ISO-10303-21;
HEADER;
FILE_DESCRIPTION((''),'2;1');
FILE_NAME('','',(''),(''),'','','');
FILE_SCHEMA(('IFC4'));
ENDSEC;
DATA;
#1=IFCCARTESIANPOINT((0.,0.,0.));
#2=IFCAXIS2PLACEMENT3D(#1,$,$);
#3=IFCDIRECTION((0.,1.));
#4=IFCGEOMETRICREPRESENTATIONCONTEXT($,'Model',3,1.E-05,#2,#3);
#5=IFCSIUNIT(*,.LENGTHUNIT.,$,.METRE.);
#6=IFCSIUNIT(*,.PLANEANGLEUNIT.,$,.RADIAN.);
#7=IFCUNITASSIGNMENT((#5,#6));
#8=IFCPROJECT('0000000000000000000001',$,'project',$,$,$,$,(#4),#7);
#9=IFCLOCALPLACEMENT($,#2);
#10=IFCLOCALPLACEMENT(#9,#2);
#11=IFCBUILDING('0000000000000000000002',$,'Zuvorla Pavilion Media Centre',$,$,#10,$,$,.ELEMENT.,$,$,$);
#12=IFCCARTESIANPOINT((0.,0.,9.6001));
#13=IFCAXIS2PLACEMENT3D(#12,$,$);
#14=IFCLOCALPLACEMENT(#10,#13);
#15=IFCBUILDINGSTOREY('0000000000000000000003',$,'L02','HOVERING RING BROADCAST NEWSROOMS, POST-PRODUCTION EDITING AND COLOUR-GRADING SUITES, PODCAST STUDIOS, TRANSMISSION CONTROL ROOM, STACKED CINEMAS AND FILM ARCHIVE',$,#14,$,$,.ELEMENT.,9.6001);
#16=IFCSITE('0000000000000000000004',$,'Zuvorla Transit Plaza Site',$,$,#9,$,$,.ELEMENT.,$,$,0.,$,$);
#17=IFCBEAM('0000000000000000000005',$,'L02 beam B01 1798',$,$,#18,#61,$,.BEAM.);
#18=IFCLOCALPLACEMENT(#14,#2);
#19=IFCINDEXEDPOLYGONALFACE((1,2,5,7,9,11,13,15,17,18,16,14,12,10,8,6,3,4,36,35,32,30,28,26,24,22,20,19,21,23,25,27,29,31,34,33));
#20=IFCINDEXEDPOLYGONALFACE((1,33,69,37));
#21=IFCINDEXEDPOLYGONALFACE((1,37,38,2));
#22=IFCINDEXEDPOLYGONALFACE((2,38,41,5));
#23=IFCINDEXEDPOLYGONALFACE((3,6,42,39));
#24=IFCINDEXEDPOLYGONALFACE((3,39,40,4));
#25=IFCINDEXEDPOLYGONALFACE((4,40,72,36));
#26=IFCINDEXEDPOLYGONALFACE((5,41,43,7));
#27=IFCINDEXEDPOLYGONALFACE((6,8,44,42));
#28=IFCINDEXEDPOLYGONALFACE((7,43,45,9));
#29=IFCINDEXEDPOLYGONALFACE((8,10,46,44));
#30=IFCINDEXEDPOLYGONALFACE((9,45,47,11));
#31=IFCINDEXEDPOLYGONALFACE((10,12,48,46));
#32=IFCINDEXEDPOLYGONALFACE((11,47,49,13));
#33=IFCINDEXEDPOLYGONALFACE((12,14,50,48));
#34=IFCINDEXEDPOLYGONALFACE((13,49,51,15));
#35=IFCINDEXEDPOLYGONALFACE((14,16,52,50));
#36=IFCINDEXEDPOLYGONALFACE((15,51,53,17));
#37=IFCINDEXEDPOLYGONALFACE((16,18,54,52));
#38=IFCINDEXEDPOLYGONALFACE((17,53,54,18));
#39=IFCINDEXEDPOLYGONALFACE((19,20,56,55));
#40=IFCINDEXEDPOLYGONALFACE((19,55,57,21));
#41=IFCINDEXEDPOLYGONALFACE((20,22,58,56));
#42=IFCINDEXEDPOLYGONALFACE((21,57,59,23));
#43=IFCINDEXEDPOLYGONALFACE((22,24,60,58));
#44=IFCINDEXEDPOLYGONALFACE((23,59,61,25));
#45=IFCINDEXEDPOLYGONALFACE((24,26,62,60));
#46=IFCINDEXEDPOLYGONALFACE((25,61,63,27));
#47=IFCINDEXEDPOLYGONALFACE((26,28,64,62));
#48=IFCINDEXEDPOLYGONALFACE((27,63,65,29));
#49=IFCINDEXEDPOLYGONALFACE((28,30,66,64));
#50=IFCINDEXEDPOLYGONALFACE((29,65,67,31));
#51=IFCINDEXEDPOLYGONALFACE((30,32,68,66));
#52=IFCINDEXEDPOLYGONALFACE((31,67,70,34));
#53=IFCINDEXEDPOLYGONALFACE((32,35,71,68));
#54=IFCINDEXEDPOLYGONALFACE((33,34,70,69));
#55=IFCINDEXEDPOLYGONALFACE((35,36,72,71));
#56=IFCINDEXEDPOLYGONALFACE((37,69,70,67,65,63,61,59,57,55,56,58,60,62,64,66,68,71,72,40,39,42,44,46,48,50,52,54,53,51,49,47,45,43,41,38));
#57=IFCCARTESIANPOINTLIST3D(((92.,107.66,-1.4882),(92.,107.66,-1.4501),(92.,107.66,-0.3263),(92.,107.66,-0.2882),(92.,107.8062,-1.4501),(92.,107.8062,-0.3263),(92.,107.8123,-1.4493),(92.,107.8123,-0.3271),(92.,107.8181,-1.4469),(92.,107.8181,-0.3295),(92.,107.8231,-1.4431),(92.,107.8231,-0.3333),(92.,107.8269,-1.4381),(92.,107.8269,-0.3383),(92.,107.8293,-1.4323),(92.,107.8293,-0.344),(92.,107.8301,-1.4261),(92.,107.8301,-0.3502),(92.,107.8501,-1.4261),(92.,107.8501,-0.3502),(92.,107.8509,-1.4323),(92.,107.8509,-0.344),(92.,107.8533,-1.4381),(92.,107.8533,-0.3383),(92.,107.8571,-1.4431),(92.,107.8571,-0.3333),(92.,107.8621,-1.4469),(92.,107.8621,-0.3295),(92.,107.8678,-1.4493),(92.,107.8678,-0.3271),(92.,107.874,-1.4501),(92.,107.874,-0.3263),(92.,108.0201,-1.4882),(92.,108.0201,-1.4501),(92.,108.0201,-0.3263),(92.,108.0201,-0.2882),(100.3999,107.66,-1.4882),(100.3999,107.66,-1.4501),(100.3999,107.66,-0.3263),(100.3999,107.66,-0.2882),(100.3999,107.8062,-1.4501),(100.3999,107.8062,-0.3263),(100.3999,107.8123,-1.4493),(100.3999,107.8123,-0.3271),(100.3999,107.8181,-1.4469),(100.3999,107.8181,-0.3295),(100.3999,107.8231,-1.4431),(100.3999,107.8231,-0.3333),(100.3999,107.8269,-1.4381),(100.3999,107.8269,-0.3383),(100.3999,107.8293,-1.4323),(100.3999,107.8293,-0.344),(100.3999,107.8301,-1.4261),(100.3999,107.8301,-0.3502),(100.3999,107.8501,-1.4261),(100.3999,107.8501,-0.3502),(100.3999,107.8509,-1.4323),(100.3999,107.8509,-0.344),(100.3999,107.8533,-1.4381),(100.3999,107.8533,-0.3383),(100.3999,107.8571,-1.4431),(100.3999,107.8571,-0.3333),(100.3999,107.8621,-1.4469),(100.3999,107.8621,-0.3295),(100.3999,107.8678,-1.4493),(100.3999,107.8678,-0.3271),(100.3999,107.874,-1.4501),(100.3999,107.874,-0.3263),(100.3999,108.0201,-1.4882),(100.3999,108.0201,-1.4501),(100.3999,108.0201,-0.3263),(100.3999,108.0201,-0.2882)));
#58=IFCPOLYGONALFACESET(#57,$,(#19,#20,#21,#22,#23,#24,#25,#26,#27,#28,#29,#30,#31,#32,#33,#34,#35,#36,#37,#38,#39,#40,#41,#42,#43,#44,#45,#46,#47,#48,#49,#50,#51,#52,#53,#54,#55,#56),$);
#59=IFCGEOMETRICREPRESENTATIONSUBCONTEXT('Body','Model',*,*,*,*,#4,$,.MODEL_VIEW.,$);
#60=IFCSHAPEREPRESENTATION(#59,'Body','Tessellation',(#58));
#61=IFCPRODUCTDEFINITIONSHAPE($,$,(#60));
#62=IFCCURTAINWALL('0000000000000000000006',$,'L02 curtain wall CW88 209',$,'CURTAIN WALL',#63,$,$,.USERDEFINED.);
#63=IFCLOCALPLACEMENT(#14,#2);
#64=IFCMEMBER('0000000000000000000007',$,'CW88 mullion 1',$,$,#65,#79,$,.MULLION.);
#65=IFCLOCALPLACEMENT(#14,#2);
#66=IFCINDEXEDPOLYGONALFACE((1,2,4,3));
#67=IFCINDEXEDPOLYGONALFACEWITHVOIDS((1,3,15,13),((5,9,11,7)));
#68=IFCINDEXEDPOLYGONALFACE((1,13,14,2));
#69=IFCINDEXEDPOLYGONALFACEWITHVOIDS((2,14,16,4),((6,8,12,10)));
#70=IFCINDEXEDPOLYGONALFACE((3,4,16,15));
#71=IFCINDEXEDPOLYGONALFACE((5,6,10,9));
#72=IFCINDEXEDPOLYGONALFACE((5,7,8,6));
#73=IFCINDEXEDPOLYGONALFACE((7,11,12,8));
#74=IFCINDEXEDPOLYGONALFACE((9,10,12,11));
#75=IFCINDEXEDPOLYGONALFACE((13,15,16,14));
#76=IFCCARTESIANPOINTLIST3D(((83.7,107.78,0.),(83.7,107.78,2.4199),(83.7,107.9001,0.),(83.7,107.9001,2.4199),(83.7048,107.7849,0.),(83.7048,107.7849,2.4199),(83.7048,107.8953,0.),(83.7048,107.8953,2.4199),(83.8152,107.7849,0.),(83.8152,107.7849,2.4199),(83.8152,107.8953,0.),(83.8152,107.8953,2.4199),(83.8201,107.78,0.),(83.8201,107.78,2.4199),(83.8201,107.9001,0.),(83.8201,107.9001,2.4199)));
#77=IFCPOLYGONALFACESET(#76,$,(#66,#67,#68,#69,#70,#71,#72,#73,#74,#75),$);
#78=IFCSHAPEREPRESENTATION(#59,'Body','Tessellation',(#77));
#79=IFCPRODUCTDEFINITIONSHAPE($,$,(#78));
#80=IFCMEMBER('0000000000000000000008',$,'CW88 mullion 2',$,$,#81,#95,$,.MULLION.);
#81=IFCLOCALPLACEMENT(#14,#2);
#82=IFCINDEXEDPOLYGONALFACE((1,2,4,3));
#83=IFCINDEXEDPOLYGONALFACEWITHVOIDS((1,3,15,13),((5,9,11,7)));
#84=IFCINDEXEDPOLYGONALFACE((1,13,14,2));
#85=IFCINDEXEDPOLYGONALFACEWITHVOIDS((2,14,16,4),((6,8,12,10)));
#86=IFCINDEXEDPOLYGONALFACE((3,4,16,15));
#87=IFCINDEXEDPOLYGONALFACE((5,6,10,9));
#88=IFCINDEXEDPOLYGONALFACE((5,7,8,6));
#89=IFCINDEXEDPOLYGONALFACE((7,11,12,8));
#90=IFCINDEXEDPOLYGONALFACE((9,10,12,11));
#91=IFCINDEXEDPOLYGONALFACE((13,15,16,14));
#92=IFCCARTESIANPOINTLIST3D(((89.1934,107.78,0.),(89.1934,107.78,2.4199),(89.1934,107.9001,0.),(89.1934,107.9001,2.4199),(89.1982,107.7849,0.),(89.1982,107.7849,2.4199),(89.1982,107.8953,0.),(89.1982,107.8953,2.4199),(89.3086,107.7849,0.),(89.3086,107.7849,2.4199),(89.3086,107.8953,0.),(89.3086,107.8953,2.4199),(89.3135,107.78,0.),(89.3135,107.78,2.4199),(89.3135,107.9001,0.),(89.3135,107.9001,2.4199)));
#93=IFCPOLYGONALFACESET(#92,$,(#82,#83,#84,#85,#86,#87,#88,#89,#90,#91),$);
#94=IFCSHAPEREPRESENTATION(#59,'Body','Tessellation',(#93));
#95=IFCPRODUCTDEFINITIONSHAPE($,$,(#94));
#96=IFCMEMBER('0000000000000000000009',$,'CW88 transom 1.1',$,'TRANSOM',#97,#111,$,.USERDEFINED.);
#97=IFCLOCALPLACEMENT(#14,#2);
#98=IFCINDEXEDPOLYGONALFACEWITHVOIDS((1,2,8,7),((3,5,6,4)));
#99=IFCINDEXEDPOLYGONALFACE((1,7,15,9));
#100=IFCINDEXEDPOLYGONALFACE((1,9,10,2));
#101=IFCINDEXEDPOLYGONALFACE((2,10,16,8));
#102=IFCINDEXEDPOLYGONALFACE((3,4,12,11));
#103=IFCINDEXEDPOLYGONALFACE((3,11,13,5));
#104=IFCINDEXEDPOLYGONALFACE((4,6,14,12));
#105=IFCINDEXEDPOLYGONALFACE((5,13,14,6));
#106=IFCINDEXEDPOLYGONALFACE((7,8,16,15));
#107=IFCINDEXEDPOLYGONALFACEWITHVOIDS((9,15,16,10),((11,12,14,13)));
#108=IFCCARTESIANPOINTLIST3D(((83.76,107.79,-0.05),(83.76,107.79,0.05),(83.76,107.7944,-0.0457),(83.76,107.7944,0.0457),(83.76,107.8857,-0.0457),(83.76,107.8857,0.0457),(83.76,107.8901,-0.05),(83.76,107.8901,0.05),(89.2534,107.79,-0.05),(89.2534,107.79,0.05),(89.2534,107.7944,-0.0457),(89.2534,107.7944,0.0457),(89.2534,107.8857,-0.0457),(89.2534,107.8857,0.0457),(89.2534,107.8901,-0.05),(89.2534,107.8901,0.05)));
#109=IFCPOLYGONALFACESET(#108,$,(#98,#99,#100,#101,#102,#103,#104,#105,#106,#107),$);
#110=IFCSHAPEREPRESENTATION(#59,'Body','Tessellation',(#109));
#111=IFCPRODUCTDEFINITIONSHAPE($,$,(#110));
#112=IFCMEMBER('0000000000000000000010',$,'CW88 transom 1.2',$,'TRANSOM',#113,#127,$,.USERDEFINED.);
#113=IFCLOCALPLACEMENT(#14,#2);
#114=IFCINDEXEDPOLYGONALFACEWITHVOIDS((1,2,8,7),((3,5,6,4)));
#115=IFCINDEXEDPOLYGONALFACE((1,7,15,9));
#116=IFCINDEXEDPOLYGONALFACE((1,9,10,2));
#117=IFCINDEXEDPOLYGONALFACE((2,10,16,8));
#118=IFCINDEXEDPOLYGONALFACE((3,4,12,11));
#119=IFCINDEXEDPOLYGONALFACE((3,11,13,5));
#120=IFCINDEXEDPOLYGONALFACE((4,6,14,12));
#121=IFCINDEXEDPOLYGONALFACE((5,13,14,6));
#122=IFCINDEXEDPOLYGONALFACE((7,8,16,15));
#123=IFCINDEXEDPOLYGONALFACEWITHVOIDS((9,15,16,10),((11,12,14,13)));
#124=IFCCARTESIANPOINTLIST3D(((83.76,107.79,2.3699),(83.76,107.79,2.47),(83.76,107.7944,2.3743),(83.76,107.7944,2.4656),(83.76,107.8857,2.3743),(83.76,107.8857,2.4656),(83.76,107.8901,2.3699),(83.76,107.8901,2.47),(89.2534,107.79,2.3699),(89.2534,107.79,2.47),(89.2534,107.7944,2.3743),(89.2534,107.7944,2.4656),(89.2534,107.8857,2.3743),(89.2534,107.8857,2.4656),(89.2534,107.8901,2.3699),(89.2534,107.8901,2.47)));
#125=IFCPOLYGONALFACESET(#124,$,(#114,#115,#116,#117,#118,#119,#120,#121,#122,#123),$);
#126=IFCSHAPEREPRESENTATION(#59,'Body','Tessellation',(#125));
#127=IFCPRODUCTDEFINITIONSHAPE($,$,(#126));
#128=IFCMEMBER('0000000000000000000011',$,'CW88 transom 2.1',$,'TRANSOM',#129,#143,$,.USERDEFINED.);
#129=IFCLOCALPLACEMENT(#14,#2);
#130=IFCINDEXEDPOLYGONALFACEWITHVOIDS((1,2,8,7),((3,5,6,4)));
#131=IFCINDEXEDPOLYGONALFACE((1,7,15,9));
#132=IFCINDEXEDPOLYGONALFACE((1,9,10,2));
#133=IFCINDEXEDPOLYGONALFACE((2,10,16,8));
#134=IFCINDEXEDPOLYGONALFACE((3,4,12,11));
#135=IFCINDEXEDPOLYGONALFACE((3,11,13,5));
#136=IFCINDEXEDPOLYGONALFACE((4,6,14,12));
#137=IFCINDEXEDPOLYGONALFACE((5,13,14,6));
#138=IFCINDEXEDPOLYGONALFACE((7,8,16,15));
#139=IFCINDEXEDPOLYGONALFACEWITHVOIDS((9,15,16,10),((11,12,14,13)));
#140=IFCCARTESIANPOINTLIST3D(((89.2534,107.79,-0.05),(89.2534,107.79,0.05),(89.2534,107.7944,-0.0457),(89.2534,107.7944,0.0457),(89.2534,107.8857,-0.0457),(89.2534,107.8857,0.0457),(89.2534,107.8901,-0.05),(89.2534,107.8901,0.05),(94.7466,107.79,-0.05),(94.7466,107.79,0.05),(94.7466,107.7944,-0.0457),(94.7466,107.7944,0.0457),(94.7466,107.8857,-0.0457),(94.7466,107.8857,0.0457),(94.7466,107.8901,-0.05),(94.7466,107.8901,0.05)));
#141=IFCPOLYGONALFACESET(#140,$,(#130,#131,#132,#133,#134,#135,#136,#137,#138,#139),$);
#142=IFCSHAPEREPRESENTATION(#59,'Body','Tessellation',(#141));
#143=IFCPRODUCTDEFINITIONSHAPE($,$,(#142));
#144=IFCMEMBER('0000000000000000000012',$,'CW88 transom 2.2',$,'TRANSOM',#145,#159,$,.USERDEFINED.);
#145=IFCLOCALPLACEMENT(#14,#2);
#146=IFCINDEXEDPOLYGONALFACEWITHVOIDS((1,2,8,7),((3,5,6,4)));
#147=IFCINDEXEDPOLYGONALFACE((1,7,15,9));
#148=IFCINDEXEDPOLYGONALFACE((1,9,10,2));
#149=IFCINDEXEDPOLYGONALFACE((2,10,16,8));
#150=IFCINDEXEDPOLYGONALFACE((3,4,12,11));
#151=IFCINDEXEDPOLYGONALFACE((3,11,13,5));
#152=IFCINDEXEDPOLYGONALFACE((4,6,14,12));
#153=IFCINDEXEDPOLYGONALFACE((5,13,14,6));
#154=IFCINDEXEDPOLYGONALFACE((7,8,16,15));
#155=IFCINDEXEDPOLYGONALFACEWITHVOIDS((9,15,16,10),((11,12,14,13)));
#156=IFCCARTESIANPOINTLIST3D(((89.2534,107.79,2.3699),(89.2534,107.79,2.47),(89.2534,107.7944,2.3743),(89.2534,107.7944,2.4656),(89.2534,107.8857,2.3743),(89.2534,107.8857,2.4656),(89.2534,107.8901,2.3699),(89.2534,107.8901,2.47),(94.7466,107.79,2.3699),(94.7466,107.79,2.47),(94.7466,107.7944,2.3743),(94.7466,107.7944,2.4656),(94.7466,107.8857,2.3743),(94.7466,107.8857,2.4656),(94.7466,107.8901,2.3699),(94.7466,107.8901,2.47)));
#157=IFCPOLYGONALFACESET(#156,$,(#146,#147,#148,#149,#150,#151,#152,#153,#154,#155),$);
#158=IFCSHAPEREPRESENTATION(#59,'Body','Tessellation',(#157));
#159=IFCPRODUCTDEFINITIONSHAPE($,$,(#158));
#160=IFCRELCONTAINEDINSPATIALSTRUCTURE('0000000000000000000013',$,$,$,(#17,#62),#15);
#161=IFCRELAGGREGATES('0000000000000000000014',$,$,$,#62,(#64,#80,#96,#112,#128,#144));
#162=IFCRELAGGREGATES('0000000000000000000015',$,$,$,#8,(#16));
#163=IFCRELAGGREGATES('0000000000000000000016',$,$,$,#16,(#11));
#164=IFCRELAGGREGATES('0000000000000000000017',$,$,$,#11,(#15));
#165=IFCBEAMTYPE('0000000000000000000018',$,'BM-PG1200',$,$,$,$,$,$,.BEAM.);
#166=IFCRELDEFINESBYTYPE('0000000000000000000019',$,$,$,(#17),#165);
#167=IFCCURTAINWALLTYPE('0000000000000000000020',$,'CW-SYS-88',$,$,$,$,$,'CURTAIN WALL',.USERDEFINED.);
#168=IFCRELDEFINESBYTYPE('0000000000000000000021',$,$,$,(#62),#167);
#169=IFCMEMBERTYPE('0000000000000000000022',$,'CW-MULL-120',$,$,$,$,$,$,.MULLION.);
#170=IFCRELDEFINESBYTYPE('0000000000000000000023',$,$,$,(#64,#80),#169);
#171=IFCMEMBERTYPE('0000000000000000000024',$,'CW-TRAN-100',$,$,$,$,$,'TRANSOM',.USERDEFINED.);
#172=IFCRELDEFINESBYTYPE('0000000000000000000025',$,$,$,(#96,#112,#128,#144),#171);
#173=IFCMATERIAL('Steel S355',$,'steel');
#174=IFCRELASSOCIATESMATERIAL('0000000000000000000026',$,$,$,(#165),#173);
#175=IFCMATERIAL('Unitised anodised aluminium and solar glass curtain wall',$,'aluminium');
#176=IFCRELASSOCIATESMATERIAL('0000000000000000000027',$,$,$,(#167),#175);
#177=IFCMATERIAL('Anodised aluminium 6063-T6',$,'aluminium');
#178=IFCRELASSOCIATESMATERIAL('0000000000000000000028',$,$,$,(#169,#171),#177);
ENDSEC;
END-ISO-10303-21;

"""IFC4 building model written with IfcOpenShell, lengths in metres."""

from ifc_helpers import new_model, si_unit, direction, frame, origin, origin_2d, place, context, subcontext, project, spatial, hollow_rectangle, i_section, extrude, material, material_profile, profile_set, type_object, element, aggregate, save


model = new_model("IFC4")

# Units and contexts
model_context = context("Model", 3, precision=1e-05, world=origin(), true_north=direction((0.0, 1.0)))
body_context = subcontext(model_context, "Body", "Model", "MODEL_VIEW")
ifc_project = project(units=[si_unit("LENGTHUNIT", "METRE"), si_unit("PLANEANGLEUNIT", "RADIAN")], contexts=[model_context])

# Site, building, storey
site_placement = place(None, origin())
site = spatial("IfcSite", under=ifc_project, at=site_placement, Name="Zuvorla Transit Plaza Site", CompositionType="ELEMENT", RefElevation=0.0)
building_placement = place(site_placement, origin())
building = spatial("IfcBuilding", under=site, at=building_placement, Name="Zuvorla Pavilion Media Centre", CompositionType="ELEMENT")
storey_placement = place(building_placement, frame((0.0, 0.0, 9.6001)))
storey = spatial("IfcBuildingStorey", under=building, at=storey_placement, Name="L02", Description="HOVERING RING BROADCAST NEWSROOMS, POST-PRODUCTION EDITING AND COLOUR-GRADING SUITES, PODCAST STUDIOS, TRANSMISSION CONTROL ROOM, STACKED CINEMAS AND FILM ARCHIVE", CompositionType="ELEMENT", Elevation=9.6001)

# Beam
ifc_material_1 = material(Name="Steel S355", Category="steel")
ifc_material_profile_1 = material_profile(ifc_material_1, i_section(OverallWidth=0.3601, OverallDepth=1.2, WebThickness=0.02, FlangeThickness=0.0381, FilletRadius=0.0239, at=origin_2d()), Name="PG 1200x360x38")
ifc_profile_set_1 = profile_set([ifc_material_profile_1], Name="Steel S355")
beam_type = type_object("IfcBeamType", Name="BM-PG1200", PredefinedType="BEAM", material=ifc_profile_set_1)
beam_placement = place(storey_placement, frame((92.0, 107.8401, -0.8882), z_axis=(1.0, 0.0, 0.0), x_axis=(0.0, 1.0, 0.0)))
element("IfcBeam", 1, at=beam_placement, inside=storey, type_object=beam_type, Name="L02 beam B01 1798", PredefinedType="BEAM", context=body_context, shape_type="SweptSolid", body=[
    extrude(i_section(OverallWidth=0.3601, OverallDepth=1.2, WebThickness=0.02, FlangeThickness=0.0381, FilletRadius=0.0239, at=origin_2d()), origin(), (0.0, 0.0, 1.0), 8.3999),
])

# Curtain wall, members
ifc_material_2 = material(Name="Unitised anodised aluminium and solar glass curtain wall", Category="aluminium")
curtain_wall_type = type_object("IfcCurtainWallType", Name="CW-SYS-88", ElementType="CURTAIN WALL", PredefinedType="USERDEFINED", material=ifc_material_2)
curtain_wall_1_placement = place(storey_placement, origin())
curtain_wall_1 = element("IfcCurtainWall", 2, at=curtain_wall_1_placement, inside=storey, type_object=curtain_wall_type, Name="L02 curtain wall CW88 209", ObjectType="CURTAIN WALL", PredefinedType="USERDEFINED")
ifc_material_3 = material(Name="Anodised aluminium 6063-T6", Category="aluminium")
ifc_material_profile_2 = material_profile(ifc_material_3, hollow_rectangle(XDim=0.1201, YDim=0.1201, WallThickness=0.0049, at=origin_2d()), Name="ALU MULL 120x120")
ifc_profile_set_2 = profile_set([ifc_material_profile_2], Name="Anodised aluminium 6063-T6")
member_type_1 = type_object("IfcMemberType", Name="CW-MULL-120", PredefinedType="MULLION", material=ifc_profile_set_2)
member_1_placement = place(storey_placement, frame((83.76, 107.8401, 0.0), z_axis=(0.0, 0.0, 1.0), x_axis=(1.0, 0.0, 0.0)))
member_1 = element("IfcMember", 3, at=member_1_placement, type_object=member_type_1, Name="CW88 mullion 1", PredefinedType="MULLION", context=body_context, shape_type="SweptSolid", body=[
    extrude(hollow_rectangle(XDim=0.1201, YDim=0.1201, WallThickness=0.0049, at=origin_2d()), origin(), (0.0, 0.0, 1.0), 2.4199),
])
member_2_placement = place(storey_placement, frame((89.2534, 107.8401, 0.0), z_axis=(0.0, 0.0, 1.0), x_axis=(1.0, 0.0, 0.0)))
member_2 = element("IfcMember", 4, at=member_2_placement, type_object=member_type_1, Name="CW88 mullion 2", PredefinedType="MULLION", context=body_context, shape_type="SweptSolid", body=[
    extrude(hollow_rectangle(XDim=0.1201, YDim=0.1201, WallThickness=0.0049, at=origin_2d()), origin(), (0.0, 0.0, 1.0), 2.4199),
])
ifc_material_profile_3 = material_profile(ifc_material_3, hollow_rectangle(XDim=0.1001, YDim=0.1001, WallThickness=0.0044, at=origin_2d()), Name="ALU TRAN 100x100")
ifc_profile_set_3 = profile_set([ifc_material_profile_3], Name="Anodised aluminium 6063-T6")
member_type_2 = type_object("IfcMemberType", Name="CW-TRAN-100", ElementType="TRANSOM", PredefinedType="USERDEFINED", material=ifc_profile_set_3)
member_3_placement = place(storey_placement, frame((83.76, 107.8401, 0.0), z_axis=(1.0, 0.0, 0.0), x_axis=(0.0, 1.0, 0.0)))
member_3 = element("IfcMember", 5, at=member_3_placement, type_object=member_type_2, Name="CW88 transom 1.1", ObjectType="TRANSOM", PredefinedType="USERDEFINED", context=body_context, shape_type="SweptSolid", body=[
    extrude(hollow_rectangle(XDim=0.1001, YDim=0.1001, WallThickness=0.0044, at=origin_2d()), origin(), (0.0, 0.0, 1.0), 5.4934),
])
member_4_placement = place(storey_placement, frame((83.76, 107.8401, 2.4199), z_axis=(1.0, 0.0, 0.0), x_axis=(0.0, 1.0, 0.0)))
member_4 = element("IfcMember", 6, at=member_4_placement, type_object=member_type_2, Name="CW88 transom 1.2", ObjectType="TRANSOM", PredefinedType="USERDEFINED", context=body_context, shape_type="SweptSolid", body=[
    extrude(hollow_rectangle(XDim=0.1001, YDim=0.1001, WallThickness=0.0044, at=origin_2d()), origin(), (0.0, 0.0, 1.0), 5.4934),
])
member_5_placement = place(storey_placement, frame((89.2534, 107.8401, 0.0), z_axis=(1.0, 0.0, 0.0), x_axis=(0.0, 1.0, 0.0)))
member_5 = element("IfcMember", 7, at=member_5_placement, type_object=member_type_2, Name="CW88 transom 2.1", ObjectType="TRANSOM", PredefinedType="USERDEFINED", context=body_context, shape_type="SweptSolid", body=[
    extrude(hollow_rectangle(XDim=0.1001, YDim=0.1001, WallThickness=0.0044, at=origin_2d()), origin(), (0.0, 0.0, 1.0), 5.4932),
])
member_6_placement = place(storey_placement, frame((89.2534, 107.8401, 2.4199), z_axis=(1.0, 0.0, 0.0), x_axis=(0.0, 1.0, 0.0)))
member_6 = element("IfcMember", 8, at=member_6_placement, type_object=member_type_2, Name="CW88 transom 2.2", ObjectType="TRANSOM", PredefinedType="USERDEFINED", context=body_context, shape_type="SweptSolid", body=[
    extrude(hollow_rectangle(XDim=0.1001, YDim=0.1001, WallThickness=0.0044, at=origin_2d()), origin(), (0.0, 0.0, 1.0), 5.4932),
])

aggregate(curtain_wall_1, [member_1, member_2, member_3, member_4, member_5, member_6])

save(model, "model.ifc")
